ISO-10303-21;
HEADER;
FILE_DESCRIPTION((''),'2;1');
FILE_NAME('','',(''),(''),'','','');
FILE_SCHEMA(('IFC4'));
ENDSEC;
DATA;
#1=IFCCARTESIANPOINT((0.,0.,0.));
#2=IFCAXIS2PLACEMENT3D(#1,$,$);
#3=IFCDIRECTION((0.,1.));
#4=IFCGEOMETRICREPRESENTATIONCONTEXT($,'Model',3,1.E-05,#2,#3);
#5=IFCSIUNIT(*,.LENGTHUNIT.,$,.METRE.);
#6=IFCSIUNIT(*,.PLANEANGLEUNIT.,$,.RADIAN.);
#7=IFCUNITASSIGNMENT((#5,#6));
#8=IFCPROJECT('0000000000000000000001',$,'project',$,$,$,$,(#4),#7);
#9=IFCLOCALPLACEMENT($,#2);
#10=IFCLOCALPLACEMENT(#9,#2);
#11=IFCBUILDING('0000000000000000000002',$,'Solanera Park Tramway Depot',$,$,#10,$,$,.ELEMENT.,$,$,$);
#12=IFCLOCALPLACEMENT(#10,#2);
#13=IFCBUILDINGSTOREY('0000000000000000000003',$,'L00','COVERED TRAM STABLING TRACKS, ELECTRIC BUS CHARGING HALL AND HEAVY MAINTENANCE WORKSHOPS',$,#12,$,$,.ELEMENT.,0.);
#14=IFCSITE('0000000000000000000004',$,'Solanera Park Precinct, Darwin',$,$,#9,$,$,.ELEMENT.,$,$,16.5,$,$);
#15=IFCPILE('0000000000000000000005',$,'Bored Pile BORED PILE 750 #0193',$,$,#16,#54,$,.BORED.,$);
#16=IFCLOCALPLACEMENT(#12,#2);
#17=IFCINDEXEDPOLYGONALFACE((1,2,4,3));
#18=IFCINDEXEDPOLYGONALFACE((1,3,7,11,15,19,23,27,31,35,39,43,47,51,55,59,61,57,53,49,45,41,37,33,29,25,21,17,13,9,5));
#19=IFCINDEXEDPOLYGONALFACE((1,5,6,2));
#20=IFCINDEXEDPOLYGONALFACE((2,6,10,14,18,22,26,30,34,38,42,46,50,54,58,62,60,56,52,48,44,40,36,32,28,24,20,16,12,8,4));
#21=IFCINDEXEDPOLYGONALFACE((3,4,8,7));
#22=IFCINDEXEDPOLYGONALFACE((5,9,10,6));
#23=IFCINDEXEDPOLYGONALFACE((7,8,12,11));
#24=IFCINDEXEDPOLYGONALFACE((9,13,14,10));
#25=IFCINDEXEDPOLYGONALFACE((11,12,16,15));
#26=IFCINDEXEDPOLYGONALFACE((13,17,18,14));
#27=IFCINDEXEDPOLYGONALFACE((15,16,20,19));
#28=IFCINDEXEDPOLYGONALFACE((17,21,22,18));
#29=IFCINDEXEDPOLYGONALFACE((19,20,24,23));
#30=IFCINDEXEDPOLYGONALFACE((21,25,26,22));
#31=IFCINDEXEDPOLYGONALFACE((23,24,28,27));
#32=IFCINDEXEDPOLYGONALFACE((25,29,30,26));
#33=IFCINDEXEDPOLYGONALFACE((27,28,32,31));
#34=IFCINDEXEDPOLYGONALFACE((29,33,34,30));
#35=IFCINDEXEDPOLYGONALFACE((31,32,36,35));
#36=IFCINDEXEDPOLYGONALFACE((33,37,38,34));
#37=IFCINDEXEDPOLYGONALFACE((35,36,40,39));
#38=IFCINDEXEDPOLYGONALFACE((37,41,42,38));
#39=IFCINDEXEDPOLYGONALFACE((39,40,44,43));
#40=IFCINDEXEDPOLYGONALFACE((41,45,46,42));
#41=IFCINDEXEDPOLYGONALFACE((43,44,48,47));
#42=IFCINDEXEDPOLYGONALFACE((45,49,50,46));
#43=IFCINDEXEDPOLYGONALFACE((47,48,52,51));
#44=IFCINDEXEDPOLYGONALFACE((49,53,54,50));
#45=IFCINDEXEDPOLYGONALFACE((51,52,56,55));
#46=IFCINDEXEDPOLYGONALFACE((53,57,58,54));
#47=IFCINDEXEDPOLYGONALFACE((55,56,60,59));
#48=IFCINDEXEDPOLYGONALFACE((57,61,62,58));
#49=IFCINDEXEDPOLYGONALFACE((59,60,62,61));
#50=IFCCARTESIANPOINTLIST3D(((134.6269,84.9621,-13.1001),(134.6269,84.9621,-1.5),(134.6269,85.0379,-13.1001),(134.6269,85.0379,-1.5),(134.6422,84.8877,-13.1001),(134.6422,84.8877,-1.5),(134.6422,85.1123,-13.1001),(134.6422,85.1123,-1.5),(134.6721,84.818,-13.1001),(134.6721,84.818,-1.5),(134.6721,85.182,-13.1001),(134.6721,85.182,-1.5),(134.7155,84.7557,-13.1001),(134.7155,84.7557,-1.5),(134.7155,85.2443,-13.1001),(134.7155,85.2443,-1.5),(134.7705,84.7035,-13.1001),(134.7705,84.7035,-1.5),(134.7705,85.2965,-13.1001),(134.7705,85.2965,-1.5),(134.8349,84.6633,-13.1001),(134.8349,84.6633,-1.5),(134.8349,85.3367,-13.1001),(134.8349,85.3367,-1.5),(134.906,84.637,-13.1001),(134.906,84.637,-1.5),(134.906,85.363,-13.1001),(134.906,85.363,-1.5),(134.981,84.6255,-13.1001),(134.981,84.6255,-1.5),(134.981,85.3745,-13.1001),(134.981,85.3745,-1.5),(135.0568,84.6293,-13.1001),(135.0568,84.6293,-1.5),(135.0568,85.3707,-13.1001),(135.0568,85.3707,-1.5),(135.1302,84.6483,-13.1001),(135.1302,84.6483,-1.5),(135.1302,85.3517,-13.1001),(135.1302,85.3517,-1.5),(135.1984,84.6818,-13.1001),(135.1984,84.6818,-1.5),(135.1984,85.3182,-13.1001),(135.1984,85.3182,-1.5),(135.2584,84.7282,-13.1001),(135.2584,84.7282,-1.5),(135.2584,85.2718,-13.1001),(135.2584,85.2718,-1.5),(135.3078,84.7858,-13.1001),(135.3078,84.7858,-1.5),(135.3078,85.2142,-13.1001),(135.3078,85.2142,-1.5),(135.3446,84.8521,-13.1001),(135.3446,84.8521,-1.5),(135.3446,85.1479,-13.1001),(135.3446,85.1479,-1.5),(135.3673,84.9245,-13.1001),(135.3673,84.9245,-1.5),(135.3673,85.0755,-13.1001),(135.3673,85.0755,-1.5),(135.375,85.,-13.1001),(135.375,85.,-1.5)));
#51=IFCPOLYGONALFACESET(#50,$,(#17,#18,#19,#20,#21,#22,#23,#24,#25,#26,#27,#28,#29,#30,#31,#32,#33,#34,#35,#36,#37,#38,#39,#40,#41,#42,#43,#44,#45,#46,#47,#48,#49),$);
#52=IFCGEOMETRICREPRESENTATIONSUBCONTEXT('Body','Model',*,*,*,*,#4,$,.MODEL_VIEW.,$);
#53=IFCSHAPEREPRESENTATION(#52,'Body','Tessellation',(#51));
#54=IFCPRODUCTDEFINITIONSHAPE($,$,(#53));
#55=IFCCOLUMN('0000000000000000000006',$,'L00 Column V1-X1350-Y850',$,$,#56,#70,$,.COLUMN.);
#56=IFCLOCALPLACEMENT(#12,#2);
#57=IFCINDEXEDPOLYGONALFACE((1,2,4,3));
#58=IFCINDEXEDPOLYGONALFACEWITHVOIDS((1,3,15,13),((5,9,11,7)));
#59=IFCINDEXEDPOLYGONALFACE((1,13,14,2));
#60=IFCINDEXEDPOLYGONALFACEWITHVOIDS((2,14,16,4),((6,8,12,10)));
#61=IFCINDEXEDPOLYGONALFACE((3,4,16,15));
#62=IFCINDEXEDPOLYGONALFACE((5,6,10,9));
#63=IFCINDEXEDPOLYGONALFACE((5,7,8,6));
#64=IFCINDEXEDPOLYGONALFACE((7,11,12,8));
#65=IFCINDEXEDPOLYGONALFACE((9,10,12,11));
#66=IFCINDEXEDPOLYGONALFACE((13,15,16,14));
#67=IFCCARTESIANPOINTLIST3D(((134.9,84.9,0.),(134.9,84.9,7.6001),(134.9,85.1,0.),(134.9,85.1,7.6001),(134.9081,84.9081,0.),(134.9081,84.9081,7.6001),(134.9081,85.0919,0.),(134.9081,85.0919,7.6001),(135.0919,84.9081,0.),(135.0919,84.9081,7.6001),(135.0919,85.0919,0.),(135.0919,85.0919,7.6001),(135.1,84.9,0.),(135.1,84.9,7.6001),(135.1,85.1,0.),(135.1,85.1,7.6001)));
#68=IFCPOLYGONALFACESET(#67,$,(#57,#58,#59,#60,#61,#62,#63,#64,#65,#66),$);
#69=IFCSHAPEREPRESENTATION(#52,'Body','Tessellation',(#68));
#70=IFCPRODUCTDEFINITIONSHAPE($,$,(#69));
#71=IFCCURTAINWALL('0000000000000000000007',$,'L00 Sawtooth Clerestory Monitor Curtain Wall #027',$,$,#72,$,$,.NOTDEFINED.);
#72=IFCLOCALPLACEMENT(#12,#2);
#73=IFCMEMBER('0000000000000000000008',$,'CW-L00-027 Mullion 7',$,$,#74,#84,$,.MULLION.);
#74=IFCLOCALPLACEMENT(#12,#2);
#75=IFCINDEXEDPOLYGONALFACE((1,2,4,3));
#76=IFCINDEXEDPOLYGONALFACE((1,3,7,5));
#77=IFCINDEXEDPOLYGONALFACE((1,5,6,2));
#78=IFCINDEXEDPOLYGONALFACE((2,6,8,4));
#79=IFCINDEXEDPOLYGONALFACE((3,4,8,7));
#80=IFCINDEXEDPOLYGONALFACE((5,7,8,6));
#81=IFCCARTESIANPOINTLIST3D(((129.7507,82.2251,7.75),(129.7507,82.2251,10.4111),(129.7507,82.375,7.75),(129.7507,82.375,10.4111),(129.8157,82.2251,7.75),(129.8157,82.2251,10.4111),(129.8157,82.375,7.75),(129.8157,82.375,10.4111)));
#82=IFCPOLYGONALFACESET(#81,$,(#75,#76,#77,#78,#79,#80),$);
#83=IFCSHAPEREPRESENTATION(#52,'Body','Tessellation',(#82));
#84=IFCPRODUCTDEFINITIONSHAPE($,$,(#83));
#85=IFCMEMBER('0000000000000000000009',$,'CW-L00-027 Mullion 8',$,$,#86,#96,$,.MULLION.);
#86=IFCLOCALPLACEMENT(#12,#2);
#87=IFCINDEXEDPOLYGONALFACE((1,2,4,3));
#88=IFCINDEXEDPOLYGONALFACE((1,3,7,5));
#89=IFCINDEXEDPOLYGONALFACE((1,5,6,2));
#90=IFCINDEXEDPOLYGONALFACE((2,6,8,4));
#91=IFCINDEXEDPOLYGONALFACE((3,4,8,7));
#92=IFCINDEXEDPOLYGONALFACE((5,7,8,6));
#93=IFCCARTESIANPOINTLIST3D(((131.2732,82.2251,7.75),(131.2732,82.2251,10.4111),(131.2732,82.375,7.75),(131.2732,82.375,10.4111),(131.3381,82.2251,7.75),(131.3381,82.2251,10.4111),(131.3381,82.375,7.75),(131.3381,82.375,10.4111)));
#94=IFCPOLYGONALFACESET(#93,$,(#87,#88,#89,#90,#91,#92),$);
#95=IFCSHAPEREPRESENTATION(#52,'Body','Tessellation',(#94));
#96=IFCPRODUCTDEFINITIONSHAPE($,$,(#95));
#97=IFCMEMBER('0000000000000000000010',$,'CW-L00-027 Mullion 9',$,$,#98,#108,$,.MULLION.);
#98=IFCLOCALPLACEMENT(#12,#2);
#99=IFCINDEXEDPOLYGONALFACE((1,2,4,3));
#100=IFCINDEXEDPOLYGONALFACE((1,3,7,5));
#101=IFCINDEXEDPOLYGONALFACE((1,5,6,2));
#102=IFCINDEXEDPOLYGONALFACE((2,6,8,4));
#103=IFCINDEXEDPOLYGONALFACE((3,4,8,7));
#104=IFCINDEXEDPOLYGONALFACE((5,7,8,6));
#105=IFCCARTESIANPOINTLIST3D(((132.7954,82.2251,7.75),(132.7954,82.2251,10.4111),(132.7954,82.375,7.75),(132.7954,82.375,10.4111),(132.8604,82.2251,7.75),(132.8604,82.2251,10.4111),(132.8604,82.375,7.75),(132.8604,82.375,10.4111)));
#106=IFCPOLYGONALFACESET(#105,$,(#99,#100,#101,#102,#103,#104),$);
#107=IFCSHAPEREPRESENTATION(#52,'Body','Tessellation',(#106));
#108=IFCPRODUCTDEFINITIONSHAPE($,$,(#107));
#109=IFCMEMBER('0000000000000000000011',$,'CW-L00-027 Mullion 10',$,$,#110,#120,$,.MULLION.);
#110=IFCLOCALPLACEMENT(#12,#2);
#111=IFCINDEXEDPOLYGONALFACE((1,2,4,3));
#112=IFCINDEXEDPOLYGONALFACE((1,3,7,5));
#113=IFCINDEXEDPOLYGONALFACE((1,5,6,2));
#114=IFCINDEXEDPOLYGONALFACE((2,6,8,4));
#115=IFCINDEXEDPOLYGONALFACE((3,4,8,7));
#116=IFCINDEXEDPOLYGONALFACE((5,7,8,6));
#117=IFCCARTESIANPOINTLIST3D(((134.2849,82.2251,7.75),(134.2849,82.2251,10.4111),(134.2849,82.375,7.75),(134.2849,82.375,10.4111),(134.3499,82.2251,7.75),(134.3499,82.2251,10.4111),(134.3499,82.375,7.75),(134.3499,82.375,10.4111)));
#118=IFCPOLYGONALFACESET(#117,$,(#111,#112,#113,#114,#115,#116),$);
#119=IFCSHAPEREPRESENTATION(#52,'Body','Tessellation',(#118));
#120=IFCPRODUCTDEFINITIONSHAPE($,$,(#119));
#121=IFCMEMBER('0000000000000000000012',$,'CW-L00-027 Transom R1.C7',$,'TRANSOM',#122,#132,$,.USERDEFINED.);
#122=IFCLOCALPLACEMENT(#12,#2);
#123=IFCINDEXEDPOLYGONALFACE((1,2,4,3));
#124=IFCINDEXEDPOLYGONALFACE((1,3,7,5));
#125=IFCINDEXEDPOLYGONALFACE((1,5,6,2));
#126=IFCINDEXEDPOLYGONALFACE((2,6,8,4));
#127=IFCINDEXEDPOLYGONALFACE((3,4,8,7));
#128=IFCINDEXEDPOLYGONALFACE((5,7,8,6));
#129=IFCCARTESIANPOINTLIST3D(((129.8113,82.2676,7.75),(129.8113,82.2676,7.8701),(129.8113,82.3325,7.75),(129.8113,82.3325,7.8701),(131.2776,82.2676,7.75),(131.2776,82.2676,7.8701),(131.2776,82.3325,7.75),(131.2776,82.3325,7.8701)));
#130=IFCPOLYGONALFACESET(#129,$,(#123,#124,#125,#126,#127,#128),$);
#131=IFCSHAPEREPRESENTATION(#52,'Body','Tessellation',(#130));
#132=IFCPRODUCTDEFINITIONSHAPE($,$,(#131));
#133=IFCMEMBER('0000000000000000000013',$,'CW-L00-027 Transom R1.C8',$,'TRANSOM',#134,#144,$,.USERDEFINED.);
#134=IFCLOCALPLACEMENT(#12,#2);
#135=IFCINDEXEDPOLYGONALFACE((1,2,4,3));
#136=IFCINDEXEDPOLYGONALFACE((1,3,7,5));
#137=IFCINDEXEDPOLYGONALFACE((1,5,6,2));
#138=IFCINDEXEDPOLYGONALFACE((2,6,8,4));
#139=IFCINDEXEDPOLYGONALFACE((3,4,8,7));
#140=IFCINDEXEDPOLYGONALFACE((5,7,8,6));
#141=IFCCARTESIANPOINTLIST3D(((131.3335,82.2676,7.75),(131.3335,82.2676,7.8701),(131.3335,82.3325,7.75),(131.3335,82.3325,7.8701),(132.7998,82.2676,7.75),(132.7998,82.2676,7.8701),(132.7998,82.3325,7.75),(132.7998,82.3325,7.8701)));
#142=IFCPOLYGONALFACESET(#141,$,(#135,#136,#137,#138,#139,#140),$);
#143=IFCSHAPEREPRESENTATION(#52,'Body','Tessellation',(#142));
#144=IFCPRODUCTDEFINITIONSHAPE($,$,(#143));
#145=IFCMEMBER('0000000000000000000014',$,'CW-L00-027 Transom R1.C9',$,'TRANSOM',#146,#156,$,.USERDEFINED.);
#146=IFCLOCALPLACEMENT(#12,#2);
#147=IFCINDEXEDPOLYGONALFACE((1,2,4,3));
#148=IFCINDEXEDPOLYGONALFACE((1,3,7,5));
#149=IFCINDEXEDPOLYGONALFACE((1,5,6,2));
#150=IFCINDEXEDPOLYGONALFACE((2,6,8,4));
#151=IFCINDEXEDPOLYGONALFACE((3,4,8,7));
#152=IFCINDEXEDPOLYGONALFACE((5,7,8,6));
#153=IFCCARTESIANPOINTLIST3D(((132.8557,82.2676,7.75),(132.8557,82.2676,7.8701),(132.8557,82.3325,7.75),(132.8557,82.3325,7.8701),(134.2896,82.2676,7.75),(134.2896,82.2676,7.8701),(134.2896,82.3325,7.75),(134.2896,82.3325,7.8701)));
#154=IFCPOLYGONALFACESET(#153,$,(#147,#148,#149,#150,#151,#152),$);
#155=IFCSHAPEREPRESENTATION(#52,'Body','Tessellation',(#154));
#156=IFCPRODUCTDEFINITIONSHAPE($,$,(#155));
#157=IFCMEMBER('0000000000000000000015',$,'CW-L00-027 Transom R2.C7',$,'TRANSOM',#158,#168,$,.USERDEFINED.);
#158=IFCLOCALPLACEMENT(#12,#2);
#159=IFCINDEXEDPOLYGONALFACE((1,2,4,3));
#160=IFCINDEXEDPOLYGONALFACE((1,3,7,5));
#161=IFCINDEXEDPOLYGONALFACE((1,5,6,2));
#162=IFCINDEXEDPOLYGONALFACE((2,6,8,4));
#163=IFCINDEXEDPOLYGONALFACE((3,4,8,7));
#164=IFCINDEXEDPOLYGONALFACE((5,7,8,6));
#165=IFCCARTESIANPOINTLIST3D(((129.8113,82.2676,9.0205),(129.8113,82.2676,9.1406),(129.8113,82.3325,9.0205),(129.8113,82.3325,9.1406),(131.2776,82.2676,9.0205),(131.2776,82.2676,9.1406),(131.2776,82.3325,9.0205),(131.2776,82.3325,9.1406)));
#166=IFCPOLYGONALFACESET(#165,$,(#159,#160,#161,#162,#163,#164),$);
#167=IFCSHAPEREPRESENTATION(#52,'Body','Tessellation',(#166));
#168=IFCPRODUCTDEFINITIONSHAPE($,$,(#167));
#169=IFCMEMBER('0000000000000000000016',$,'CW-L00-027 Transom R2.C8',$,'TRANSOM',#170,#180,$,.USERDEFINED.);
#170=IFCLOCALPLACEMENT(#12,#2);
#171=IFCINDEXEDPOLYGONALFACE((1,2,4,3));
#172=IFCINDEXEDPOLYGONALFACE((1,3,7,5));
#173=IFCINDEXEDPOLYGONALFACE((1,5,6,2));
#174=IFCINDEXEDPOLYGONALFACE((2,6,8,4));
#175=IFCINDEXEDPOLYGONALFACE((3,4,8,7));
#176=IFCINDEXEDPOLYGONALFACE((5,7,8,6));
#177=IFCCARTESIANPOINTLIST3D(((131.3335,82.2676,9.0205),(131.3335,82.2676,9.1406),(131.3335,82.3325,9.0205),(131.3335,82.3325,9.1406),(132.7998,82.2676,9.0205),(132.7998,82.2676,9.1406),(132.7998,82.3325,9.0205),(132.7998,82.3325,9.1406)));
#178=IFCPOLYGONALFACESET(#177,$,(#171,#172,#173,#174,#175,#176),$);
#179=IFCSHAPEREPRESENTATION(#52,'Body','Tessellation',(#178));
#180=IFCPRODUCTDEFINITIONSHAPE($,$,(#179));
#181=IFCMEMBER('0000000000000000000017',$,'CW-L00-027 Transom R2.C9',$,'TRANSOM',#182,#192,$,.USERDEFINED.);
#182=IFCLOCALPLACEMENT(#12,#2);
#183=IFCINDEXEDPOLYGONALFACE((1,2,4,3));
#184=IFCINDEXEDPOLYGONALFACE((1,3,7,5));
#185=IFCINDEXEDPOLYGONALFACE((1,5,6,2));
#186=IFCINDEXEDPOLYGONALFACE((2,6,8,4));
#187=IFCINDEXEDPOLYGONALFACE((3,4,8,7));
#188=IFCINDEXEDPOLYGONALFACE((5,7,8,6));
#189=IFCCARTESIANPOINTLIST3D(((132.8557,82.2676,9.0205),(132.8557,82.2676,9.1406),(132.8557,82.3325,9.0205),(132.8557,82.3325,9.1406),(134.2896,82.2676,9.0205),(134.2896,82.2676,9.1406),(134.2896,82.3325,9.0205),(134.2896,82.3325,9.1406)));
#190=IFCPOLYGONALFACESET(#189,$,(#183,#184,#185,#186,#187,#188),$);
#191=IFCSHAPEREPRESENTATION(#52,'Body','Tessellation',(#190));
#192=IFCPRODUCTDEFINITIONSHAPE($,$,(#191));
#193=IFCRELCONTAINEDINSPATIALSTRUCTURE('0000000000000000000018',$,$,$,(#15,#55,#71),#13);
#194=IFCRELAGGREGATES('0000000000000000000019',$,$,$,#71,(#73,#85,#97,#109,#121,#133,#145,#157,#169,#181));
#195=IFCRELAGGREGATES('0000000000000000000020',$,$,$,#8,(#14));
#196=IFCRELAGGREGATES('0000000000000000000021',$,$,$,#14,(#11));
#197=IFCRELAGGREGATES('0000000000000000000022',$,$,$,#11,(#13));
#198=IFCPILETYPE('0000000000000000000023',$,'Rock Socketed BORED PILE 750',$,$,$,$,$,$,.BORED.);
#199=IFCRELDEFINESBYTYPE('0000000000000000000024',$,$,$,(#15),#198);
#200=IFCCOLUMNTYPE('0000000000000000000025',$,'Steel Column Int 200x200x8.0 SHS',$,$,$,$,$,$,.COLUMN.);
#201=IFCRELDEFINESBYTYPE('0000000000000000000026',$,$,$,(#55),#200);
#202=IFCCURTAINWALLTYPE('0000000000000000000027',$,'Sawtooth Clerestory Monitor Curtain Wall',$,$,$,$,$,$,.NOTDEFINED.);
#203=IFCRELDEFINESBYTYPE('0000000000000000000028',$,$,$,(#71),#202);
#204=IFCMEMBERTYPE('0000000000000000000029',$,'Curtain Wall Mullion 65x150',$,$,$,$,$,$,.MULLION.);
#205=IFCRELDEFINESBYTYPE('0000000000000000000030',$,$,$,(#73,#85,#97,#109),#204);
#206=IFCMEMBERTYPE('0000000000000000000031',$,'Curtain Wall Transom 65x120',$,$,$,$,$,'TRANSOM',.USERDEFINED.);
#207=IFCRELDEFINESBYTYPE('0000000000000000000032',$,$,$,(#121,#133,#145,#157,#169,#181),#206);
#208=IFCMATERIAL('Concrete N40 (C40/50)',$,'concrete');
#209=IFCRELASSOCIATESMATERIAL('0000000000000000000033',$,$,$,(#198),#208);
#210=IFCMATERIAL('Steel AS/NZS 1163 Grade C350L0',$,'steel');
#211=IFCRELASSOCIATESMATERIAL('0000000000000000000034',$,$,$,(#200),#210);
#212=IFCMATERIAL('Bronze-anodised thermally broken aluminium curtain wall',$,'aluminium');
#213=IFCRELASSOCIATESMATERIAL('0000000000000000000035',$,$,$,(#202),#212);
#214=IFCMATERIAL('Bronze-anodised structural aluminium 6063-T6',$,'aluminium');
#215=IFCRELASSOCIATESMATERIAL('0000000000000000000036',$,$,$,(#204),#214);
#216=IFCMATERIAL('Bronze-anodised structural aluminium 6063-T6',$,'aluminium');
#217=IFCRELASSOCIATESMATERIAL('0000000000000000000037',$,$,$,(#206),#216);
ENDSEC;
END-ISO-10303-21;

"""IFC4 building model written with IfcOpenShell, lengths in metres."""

from ifc_helpers import new_model, si_unit, direction, frame, origin, origin_2d, place, context, subcontext, project, spatial, rectangle, hollow_rectangle, circle, extrude, material, material_profile, profile_set, type_object, element, aggregate, save


model = new_model("IFC4")

# Units and contexts
model_context = context("Model", 3, precision=1e-05, world=origin(), true_north=direction((0.0, 1.0)))
body_context = subcontext(model_context, "Body", "Model", "MODEL_VIEW")
ifc_project = project(units=[si_unit("LENGTHUNIT", "METRE"), si_unit("PLANEANGLEUNIT", "RADIAN")], contexts=[model_context])

# Site, building, storey
site_placement = place(None, origin())
site = spatial("IfcSite", under=ifc_project, at=site_placement, Name="Solanera Park Precinct, Darwin", CompositionType="ELEMENT", RefElevation=16.5)
building_placement = place(site_placement, origin())
building = spatial("IfcBuilding", under=site, at=building_placement, Name="Solanera Park Tramway Depot", CompositionType="ELEMENT")
storey_placement = place(building_placement, origin())
storey = spatial("IfcBuildingStorey", under=building, at=storey_placement, Name="L00", Description="COVERED TRAM STABLING TRACKS, ELECTRIC BUS CHARGING HALL AND HEAVY MAINTENANCE WORKSHOPS", CompositionType="ELEMENT", Elevation=0.0)

# Pile
ifc_material_1 = material(Name="Concrete N40 (C40/50)", Category="concrete")
ifc_material_profile_1 = material_profile(ifc_material_1, circle(Radius=0.375, at=origin_2d()), Name="BORED PILE 750")
ifc_profile_set_1 = profile_set([ifc_material_profile_1], Name="Concrete N40 (C40/50)")
pile_type = type_object("IfcPileType", Name="Rock Socketed BORED PILE 750", PredefinedType="BORED", material=ifc_profile_set_1)
pile_placement = place(storey_placement, frame((135.0, 85.0, -1.5), z_axis=(0.0, 0.0, -1.0), x_axis=(1.0, 0.0, 0.0)))
element("IfcPile", 1, at=pile_placement, inside=storey, type_object=pile_type, Name="Bored Pile BORED PILE 750 #0193", PredefinedType="BORED", context=body_context, shape_type="SweptSolid", body=[
    extrude(circle(Radius=0.375, at=origin_2d()), origin(), (0.0, 0.0, 1.0), 11.6001),
])

# Column
ifc_material_2 = material(Name="Steel AS/NZS 1163 Grade C350L0", Category="steel")
ifc_material_profile_2 = material_profile(ifc_material_2, hollow_rectangle(XDim=0.2, YDim=0.2, WallThickness=0.0081, at=origin_2d()), Name="200x200x8.0 SHS")
ifc_profile_set_2 = profile_set([ifc_material_profile_2], Name="Steel AS/NZS 1163 Grade C350L0")
column_type = type_object("IfcColumnType", Name="Steel Column Int 200x200x8.0 SHS", PredefinedType="COLUMN", material=ifc_profile_set_2)
column_placement = place(storey_placement, frame((135.0, 85.0, 0.0), z_axis=(0.0, 0.0, 1.0), x_axis=(1.0, 0.0, 0.0)))
element("IfcColumn", 2, at=column_placement, inside=storey, type_object=column_type, Name="L00 Column V1-X1350-Y850", PredefinedType="COLUMN", context=body_context, shape_type="SweptSolid", body=[
    extrude(hollow_rectangle(XDim=0.2, YDim=0.2, WallThickness=0.0081, at=origin_2d()), origin(), (0.0, 0.0, 1.0), 7.6001),
])

# Curtain wall, members
ifc_material_3 = material(Name="Bronze-anodised thermally broken aluminium curtain wall", Category="aluminium")
curtain_wall_type = type_object("IfcCurtainWallType", Name="Sawtooth Clerestory Monitor Curtain Wall", PredefinedType="NOTDEFINED", material=ifc_material_3)
curtain_wall_placement = place(storey_placement, origin())
curtain_wall = element("IfcCurtainWall", 3, at=curtain_wall_placement, inside=storey, type_object=curtain_wall_type, Name="L00 Sawtooth Clerestory Monitor Curtain Wall #027", PredefinedType="NOTDEFINED")
ifc_material_4 = material(Name="Bronze-anodised structural aluminium 6063-T6", Category="aluminium")
ifc_material_profile_3 = material_profile(ifc_material_4, rectangle(XDim=0.0649, YDim=0.1499, at=origin_2d()), Name="Curtain Wall Mullion 65x150")
ifc_profile_set_3 = profile_set([ifc_material_profile_3], Name="Bronze-anodised structural aluminium 6063-T6")
member_type_1 = type_object("IfcMemberType", Name="Curtain Wall Mullion 65x150", PredefinedType="MULLION", material=ifc_profile_set_3)
member_1_placement = place(storey_placement, frame((129.7832, 82.3, 7.75), z_axis=(0.0, 0.0, 1.0), x_axis=(1.0, 0.0, 0.0)))
member_1 = element("IfcMember", 4, at=member_1_placement, type_object=member_type_1, Name="CW-L00-027 Mullion 7", PredefinedType="MULLION", context=body_context, shape_type="SweptSolid", body=[
    extrude(rectangle(XDim=0.0649, YDim=0.1499, at=origin_2d()), origin(), (0.0, 0.0, 1.0), 2.6611),
])
member_2_placement = place(storey_placement, frame((131.3057, 82.3, 7.75), z_axis=(0.0, 0.0, 1.0), x_axis=(1.0, 0.0, 0.0)))
member_2 = element("IfcMember", 5, at=member_2_placement, type_object=member_type_1, Name="CW-L00-027 Mullion 8", PredefinedType="MULLION", context=body_context, shape_type="SweptSolid", body=[
    extrude(rectangle(XDim=0.0649, YDim=0.1499, at=origin_2d()), origin(), (0.0, 0.0, 1.0), 2.6611),
])
member_3_placement = place(storey_placement, frame((132.8279, 82.3, 7.75), z_axis=(0.0, 0.0, 1.0), x_axis=(1.0, 0.0, 0.0)))
member_3 = element("IfcMember", 6, at=member_3_placement, type_object=member_type_1, Name="CW-L00-027 Mullion 9", PredefinedType="MULLION", context=body_context, shape_type="SweptSolid", body=[
    extrude(rectangle(XDim=0.0649, YDim=0.1499, at=origin_2d()), origin(), (0.0, 0.0, 1.0), 2.6611),
])
member_4_placement = place(storey_placement, frame((134.3174, 82.3, 7.75), z_axis=(0.0, 0.0, 1.0), x_axis=(1.0, 0.0, 0.0)))
member_4 = element("IfcMember", 7, at=member_4_placement, type_object=member_type_1, Name="CW-L00-027 Mullion 10", PredefinedType="MULLION", context=body_context, shape_type="SweptSolid", body=[
    extrude(rectangle(XDim=0.0649, YDim=0.1499, at=origin_2d()), origin(), (0.0, 0.0, 1.0), 2.6611),
])
ifc_material_5 = material(Name="Bronze-anodised structural aluminium 6063-T6", Category="aluminium")
ifc_material_profile_4 = material_profile(ifc_material_5, rectangle(XDim=0.0649, YDim=0.1201, at=origin_2d()), Name="Curtain Wall Transom 65x120")
ifc_profile_set_4 = profile_set([ifc_material_profile_4], Name="Bronze-anodised structural aluminium 6063-T6")
member_type_2 = type_object("IfcMemberType", Name="Curtain Wall Transom 65x120", ElementType="TRANSOM", PredefinedType="USERDEFINED", material=ifc_profile_set_4)
member_5_placement = place(storey_placement, frame((129.8113, 82.3, 7.8101), z_axis=(1.0, 0.0, 0.0), x_axis=(0.0, 1.0, 0.0)))
member_5 = element("IfcMember", 8, at=member_5_placement, type_object=member_type_2, Name="CW-L00-027 Transom R1.C7", ObjectType="TRANSOM", PredefinedType="USERDEFINED", context=body_context, shape_type="SweptSolid", body=[
    extrude(rectangle(XDim=0.0649, YDim=0.1201, at=origin_2d()), origin(), (0.0, 0.0, 1.0), 1.4663),
])
member_6_placement = place(storey_placement, frame((131.3335, 82.3, 7.8101), z_axis=(1.0, 0.0, 0.0), x_axis=(0.0, 1.0, 0.0)))
member_6 = element("IfcMember", 9, at=member_6_placement, type_object=member_type_2, Name="CW-L00-027 Transom R1.C8", ObjectType="TRANSOM", PredefinedType="USERDEFINED", context=body_context, shape_type="SweptSolid", body=[
    extrude(rectangle(XDim=0.0649, YDim=0.1201, at=origin_2d()), origin(), (0.0, 0.0, 1.0), 1.4663),
])
member_7_placement = place(storey_placement, frame((132.8557, 82.3, 7.8101), z_axis=(1.0, 0.0, 0.0), x_axis=(0.0, 1.0, 0.0)))
member_7 = element("IfcMember", 10, at=member_7_placement, type_object=member_type_2, Name="CW-L00-027 Transom R1.C9", ObjectType="TRANSOM", PredefinedType="USERDEFINED", context=body_context, shape_type="SweptSolid", body=[
    extrude(rectangle(XDim=0.0649, YDim=0.1201, at=origin_2d()), origin(), (0.0, 0.0, 1.0), 1.4338),
])
member_8_placement = place(storey_placement, frame((129.8113, 82.3, 9.0806), z_axis=(1.0, 0.0, 0.0), x_axis=(0.0, 1.0, 0.0)))
member_8 = element("IfcMember", 11, at=member_8_placement, type_object=member_type_2, Name="CW-L00-027 Transom R2.C7", ObjectType="TRANSOM", PredefinedType="USERDEFINED", context=body_context, shape_type="SweptSolid", body=[
    extrude(rectangle(XDim=0.0649, YDim=0.1201, at=origin_2d()), origin(), (0.0, 0.0, 1.0), 1.4663),
])
member_9_placement = place(storey_placement, frame((131.3335, 82.3, 9.0806), z_axis=(1.0, 0.0, 0.0), x_axis=(0.0, 1.0, 0.0)))
member_9 = element("IfcMember", 12, at=member_9_placement, type_object=member_type_2, Name="CW-L00-027 Transom R2.C8", ObjectType="TRANSOM", PredefinedType="USERDEFINED", context=body_context, shape_type="SweptSolid", body=[
    extrude(rectangle(XDim=0.0649, YDim=0.1201, at=origin_2d()), origin(), (0.0, 0.0, 1.0), 1.4663),
])
member_10_placement = place(storey_placement, frame((132.8557, 82.3, 9.0806), z_axis=(1.0, 0.0, 0.0), x_axis=(0.0, 1.0, 0.0)))
member_10 = element("IfcMember", 13, at=member_10_placement, type_object=member_type_2, Name="CW-L00-027 Transom R2.C9", ObjectType="TRANSOM", PredefinedType="USERDEFINED", context=body_context, shape_type="SweptSolid", body=[
    extrude(rectangle(XDim=0.0649, YDim=0.1201, at=origin_2d()), origin(), (0.0, 0.0, 1.0), 1.4338),
])

aggregate(curtain_wall, [member_1, member_2, member_3, member_4, member_5, member_6, member_7, member_8, member_9, member_10])

save(model, "model.ifc")
